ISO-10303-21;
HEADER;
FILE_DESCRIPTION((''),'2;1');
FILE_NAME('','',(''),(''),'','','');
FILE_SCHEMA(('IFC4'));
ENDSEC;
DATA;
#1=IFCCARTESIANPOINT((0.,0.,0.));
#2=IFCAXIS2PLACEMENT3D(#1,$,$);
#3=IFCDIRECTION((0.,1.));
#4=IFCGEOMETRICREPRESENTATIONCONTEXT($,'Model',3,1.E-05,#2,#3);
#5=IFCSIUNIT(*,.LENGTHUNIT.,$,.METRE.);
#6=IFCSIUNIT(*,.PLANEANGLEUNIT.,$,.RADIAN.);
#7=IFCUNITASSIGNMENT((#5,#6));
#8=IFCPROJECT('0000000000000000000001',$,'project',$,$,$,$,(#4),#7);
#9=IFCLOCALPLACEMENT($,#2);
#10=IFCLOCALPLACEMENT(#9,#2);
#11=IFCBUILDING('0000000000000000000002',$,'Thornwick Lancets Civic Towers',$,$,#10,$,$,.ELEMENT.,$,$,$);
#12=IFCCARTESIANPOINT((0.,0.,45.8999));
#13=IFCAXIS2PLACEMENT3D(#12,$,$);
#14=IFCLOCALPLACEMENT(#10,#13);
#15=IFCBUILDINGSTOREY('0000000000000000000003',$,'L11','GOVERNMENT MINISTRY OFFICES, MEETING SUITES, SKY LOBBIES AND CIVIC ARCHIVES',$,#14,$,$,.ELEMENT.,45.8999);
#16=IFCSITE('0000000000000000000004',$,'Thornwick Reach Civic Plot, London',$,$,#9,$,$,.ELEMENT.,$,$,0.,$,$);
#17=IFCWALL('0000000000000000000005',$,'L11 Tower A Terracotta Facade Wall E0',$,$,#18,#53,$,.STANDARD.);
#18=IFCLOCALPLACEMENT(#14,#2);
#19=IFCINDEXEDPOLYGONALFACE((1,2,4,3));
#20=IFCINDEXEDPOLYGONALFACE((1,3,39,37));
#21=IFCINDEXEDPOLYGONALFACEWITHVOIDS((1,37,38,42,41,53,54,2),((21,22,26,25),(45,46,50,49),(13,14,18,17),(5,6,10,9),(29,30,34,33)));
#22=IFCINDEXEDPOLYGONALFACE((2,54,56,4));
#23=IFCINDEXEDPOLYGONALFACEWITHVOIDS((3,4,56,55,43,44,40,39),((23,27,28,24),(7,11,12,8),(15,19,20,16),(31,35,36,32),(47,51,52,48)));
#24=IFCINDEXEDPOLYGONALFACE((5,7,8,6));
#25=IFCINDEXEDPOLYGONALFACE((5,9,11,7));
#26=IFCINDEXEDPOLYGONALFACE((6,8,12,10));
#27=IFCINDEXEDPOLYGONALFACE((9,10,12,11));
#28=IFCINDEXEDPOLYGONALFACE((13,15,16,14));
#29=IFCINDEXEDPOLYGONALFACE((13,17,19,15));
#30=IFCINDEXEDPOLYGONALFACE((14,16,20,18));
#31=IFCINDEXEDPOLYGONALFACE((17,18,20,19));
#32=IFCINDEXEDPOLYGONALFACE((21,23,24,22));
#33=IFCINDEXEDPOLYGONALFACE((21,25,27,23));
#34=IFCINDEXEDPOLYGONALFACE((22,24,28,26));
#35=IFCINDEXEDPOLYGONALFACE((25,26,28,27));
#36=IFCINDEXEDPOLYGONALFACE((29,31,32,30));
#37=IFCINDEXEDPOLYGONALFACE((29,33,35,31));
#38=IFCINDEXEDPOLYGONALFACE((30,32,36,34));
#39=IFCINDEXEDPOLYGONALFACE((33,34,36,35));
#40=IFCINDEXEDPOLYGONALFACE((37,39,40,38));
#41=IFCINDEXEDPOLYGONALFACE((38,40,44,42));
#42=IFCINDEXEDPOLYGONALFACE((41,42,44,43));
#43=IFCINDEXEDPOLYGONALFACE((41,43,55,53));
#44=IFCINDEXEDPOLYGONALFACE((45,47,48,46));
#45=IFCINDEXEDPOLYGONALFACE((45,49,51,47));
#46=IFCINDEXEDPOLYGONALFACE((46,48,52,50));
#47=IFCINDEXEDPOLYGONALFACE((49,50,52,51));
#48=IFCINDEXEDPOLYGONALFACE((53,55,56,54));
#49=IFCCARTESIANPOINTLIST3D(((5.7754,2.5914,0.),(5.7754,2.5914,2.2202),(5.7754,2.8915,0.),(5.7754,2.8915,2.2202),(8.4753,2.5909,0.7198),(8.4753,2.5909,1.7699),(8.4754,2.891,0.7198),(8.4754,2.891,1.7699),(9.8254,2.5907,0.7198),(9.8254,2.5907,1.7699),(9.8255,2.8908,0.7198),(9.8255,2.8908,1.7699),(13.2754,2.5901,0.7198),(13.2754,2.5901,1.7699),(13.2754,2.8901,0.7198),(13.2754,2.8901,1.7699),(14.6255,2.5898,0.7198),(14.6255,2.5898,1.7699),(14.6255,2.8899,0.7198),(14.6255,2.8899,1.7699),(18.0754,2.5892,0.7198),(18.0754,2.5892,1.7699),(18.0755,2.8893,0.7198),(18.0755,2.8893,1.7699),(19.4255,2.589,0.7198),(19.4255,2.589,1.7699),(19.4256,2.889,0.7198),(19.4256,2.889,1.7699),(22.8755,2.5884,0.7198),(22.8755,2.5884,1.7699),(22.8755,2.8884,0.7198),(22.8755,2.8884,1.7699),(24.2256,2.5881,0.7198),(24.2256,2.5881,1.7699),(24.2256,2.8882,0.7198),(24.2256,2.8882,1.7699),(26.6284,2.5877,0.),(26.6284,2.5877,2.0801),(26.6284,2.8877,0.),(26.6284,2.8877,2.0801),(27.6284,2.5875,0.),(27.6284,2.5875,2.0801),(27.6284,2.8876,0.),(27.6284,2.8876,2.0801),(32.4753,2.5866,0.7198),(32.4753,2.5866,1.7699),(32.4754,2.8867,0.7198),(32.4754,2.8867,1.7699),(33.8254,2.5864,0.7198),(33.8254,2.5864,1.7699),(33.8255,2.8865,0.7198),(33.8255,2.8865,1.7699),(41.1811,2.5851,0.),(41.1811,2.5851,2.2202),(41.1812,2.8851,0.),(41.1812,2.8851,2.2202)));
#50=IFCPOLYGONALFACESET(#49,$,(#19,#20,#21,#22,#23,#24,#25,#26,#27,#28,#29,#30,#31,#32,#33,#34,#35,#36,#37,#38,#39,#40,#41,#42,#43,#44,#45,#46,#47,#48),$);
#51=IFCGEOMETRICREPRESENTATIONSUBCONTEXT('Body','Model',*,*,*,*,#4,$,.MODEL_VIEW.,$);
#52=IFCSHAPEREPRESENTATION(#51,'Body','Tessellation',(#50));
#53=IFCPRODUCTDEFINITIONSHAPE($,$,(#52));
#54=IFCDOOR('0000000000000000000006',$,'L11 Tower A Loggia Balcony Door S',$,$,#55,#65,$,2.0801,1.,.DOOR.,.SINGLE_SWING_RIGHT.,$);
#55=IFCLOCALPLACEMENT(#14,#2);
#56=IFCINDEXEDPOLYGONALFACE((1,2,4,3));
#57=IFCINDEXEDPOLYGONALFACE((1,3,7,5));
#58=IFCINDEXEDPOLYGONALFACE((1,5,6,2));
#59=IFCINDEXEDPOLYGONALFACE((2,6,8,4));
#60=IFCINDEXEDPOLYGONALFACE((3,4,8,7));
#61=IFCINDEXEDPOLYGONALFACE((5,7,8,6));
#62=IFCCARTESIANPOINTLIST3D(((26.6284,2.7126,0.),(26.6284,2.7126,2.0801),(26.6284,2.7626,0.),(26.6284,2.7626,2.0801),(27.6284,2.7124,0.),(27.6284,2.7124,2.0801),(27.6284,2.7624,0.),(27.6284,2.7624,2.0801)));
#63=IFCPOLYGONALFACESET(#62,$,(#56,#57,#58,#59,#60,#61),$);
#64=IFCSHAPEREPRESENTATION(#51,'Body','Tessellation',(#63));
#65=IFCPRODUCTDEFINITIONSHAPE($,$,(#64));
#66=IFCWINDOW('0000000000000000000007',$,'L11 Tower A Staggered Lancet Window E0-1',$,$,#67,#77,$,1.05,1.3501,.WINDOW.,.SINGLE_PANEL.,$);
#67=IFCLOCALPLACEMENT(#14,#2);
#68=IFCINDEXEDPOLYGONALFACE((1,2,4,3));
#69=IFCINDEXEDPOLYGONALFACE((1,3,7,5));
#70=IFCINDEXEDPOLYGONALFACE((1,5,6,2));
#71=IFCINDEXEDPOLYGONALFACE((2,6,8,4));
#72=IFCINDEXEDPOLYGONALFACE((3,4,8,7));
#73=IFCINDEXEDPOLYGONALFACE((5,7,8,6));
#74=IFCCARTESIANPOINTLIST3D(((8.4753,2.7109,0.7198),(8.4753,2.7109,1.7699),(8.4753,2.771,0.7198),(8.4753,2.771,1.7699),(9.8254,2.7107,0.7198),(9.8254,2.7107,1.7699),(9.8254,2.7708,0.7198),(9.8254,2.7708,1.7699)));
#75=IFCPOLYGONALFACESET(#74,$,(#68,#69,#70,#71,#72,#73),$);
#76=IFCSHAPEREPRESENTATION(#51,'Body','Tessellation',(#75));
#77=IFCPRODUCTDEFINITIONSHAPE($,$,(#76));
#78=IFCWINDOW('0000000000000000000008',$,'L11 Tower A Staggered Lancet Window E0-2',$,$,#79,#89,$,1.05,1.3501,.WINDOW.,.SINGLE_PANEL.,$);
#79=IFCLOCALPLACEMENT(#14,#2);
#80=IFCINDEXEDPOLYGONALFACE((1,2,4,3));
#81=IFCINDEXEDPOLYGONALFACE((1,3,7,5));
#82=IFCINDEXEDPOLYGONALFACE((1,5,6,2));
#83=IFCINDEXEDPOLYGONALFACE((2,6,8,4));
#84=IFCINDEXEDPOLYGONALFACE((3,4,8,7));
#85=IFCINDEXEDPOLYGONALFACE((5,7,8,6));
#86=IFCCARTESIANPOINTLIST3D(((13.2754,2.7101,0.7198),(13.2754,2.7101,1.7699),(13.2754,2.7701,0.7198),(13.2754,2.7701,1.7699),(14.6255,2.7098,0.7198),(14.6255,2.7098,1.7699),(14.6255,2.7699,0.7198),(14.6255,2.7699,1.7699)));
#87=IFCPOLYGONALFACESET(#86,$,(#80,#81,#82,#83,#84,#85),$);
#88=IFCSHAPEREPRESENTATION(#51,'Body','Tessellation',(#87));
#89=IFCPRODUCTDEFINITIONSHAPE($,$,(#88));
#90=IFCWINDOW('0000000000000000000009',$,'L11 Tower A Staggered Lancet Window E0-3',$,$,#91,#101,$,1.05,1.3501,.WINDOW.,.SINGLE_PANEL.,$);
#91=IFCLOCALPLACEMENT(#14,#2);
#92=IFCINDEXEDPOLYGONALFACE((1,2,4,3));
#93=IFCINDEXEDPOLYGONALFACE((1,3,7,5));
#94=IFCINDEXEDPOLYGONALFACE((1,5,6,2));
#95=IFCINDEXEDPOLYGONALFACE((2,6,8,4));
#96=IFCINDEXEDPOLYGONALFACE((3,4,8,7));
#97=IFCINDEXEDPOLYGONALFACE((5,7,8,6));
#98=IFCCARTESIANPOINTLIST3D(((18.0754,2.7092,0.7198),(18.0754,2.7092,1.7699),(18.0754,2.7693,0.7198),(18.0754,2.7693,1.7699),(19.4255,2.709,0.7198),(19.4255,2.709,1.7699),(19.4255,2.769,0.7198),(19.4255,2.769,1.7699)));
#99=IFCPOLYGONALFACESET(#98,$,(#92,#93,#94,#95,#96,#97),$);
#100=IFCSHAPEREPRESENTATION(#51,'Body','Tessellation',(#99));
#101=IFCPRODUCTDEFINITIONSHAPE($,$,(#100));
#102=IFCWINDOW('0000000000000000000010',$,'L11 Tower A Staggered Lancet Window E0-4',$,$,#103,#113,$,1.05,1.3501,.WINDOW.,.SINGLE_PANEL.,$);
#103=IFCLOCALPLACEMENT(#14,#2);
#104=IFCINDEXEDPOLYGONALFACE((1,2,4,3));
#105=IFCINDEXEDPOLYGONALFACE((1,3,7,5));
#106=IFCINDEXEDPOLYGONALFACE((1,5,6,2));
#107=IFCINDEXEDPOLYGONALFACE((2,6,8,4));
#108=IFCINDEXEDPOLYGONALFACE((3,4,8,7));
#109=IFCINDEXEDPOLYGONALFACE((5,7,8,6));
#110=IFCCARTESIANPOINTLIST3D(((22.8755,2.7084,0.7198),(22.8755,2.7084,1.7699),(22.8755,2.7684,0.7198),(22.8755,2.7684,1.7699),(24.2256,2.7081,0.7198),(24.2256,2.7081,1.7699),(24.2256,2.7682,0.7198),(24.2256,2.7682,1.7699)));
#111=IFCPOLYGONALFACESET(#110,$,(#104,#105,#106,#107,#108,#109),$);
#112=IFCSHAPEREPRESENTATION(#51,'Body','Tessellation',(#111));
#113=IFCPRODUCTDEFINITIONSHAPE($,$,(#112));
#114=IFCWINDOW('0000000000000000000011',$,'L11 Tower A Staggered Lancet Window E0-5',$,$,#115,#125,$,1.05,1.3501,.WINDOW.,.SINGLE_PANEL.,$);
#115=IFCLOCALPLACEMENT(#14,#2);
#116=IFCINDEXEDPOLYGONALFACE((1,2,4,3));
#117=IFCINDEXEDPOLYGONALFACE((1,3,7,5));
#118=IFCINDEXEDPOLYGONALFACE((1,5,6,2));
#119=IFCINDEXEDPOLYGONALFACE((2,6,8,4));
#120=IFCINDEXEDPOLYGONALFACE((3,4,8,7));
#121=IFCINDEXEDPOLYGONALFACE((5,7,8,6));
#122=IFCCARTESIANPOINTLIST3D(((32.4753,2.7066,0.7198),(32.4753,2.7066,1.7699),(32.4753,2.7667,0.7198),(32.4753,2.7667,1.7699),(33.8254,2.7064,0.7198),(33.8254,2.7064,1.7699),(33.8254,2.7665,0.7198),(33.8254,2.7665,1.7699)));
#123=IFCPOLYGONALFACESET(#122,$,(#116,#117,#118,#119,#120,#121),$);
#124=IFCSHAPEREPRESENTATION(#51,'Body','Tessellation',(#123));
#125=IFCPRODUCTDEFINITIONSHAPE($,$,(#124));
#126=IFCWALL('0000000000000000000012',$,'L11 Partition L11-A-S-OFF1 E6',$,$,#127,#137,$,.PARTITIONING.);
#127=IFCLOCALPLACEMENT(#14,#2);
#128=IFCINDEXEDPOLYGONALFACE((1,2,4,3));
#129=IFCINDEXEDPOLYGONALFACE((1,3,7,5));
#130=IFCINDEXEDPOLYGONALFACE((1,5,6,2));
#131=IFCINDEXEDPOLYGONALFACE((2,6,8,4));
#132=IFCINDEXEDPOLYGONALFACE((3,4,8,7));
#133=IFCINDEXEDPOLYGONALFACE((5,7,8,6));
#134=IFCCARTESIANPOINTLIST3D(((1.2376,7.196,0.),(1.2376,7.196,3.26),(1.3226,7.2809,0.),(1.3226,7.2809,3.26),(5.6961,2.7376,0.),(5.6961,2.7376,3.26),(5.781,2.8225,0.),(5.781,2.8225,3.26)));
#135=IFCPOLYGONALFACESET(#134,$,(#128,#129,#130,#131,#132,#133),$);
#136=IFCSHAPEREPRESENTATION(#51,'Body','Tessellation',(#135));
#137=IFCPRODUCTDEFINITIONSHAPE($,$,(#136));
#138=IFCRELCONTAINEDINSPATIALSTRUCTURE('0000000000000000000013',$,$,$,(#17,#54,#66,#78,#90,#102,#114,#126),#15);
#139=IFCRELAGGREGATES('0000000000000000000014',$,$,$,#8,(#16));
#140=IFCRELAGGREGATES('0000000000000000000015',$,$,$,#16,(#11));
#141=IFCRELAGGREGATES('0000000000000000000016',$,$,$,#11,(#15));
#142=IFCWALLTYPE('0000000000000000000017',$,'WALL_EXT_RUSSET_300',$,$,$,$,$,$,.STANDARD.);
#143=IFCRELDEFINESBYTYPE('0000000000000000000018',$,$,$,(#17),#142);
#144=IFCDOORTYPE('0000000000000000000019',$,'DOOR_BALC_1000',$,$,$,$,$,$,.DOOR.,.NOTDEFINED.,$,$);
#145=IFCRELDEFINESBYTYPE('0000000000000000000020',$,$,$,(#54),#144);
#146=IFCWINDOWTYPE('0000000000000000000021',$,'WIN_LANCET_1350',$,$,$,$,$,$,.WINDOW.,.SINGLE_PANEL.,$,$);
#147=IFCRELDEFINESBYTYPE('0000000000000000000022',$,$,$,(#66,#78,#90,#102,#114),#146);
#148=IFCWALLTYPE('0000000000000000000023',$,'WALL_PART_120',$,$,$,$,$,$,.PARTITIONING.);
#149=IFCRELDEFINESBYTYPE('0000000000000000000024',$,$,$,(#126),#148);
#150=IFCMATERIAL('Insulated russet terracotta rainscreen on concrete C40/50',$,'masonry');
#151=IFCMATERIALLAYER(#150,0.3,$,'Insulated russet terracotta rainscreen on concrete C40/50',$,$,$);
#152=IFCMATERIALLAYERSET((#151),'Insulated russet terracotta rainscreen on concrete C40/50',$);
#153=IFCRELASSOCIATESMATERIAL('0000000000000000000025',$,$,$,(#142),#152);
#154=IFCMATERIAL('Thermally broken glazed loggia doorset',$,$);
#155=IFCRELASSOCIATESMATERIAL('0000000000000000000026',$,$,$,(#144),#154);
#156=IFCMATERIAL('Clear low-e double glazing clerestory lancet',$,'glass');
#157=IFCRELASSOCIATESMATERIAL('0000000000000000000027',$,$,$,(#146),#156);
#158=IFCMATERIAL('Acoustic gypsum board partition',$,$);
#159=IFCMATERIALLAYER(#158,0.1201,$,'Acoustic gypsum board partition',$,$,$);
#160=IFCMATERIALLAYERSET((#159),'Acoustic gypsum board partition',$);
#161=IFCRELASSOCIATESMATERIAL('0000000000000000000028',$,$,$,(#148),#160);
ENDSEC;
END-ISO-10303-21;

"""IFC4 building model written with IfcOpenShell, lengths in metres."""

from ifc_helpers import new_model, si_unit, direction, frame, frame_2d, origin, place, context, subcontext, project, spatial, rectangle, extrude, material, layer, layer_set, type_object, element, fill, save


model = new_model("IFC4")

# Units and contexts
model_context = context("Model", 3, precision=1e-05, world=origin(), true_north=direction((0.0, 1.0)))
body_context = subcontext(model_context, "Body", "Model", "MODEL_VIEW")
ifc_project = project(units=[si_unit("LENGTHUNIT", "METRE"), si_unit("PLANEANGLEUNIT", "RADIAN")], contexts=[model_context])

# Site, building, storey
site_placement = place(None, origin())
site = spatial("IfcSite", under=ifc_project, at=site_placement, Name="Thornwick Reach Civic Plot, London", CompositionType="ELEMENT", RefElevation=0.0)
building_placement = place(site_placement, origin())
building = spatial("IfcBuilding", under=site, at=building_placement, Name="Thornwick Lancets Civic Towers", CompositionType="ELEMENT")
storey_placement = place(building_placement, frame((0.0, 0.0, 45.8999)))
storey = spatial("IfcBuildingStorey", under=building, at=storey_placement, Name="L11", Description="GOVERNMENT MINISTRY OFFICES, MEETING SUITES, SKY LOBBIES AND CIVIC ARCHIVES", CompositionType="ELEMENT", Elevation=45.8999)

# Wall, openings, door, windows
ifc_material_1 = material(Name="Insulated russet terracotta rainscreen on concrete C40/50", Category="masonry")
ifc_layer_1 = layer(ifc_material_1, 0.3, Name="Insulated russet terracotta rainscreen on concrete C40/50")
ifc_layer_set_1 = layer_set([ifc_layer_1], Name="Insulated russet terracotta rainscreen on concrete C40/50")
wall_type_1 = type_object("IfcWallType", Name="WALL_EXT_RUSSET_300", PredefinedType="STANDARD", material=ifc_layer_set_1)
wall_1_placement = place(storey_placement, frame((5.7754, 2.7415, 0.0), z_axis=(0.0, 0.0, 1.0), x_axis=(1.0, -0.000179, 0.0)))
wall_1 = element("IfcWall", 1, at=wall_1_placement, inside=storey, type_object=wall_type_1, Name="L11 Tower A Terracotta Facade Wall E0", PredefinedType="STANDARD", context=body_context, shape_type="SweptSolid", body=[
    extrude(rectangle(XDim=35.4058, YDim=0.3, at=frame_2d((17.7029, 0.0))), origin(), (0.0, 0.0, 1.0), 2.2202),
])
opening_1_placement = place(wall_1_placement, frame((20.853, 0.0, 0.0)))
opening_1 = element("IfcOpeningElement", 2, at=opening_1_placement, cuts=wall_1, PredefinedType="OPENING", context=body_context, shape_type="SweptSolid", body=[
    extrude(rectangle(XDim=1.0, YDim=2.0801, at=frame_2d((0.5, 1.04))), frame((0.0, 0.1602, 0.0), z_axis=(0.0, -1.0, 0.0), x_axis=(1.0, 0.0, 0.0)), (0.0, 0.0, 1.0), 0.3201),
])
opening_2_placement = place(wall_1_placement, frame((2.7, 0.0, 0.72)))
opening_2 = element("IfcOpeningElement", 3, at=opening_2_placement, cuts=wall_1, PredefinedType="OPENING", context=body_context, shape_type="SweptSolid", body=[
    extrude(rectangle(XDim=1.3501, YDim=1.05, at=frame_2d((0.675, 0.5249))), frame((0.0, 0.1602, 0.0), z_axis=(0.0, -1.0, 0.0), x_axis=(1.0, 0.0, 0.0)), (0.0, 0.0, 1.0), 0.3201),
])
opening_3_placement = place(wall_1_placement, frame((7.5, 0.0, 0.72)))
opening_3 = element("IfcOpeningElement", 4, at=opening_3_placement, cuts=wall_1, PredefinedType="OPENING", context=body_context, shape_type="SweptSolid", body=[
    extrude(rectangle(XDim=1.3501, YDim=1.05, at=frame_2d((0.675, 0.5249))), frame((0.0, 0.1602, 0.0), z_axis=(0.0, -1.0, 0.0), x_axis=(1.0, 0.0, 0.0)), (0.0, 0.0, 1.0), 0.3201),
])
opening_4_placement = place(wall_1_placement, frame((12.3, 0.0, 0.72)))
opening_4 = element("IfcOpeningElement", 5, at=opening_4_placement, cuts=wall_1, PredefinedType="OPENING", context=body_context, shape_type="SweptSolid", body=[
    extrude(rectangle(XDim=1.3501, YDim=1.05, at=frame_2d((0.675, 0.5249))), frame((0.0, 0.1602, 0.0), z_axis=(0.0, -1.0, 0.0), x_axis=(1.0, 0.0, 0.0)), (0.0, 0.0, 1.0), 0.3201),
])
opening_5_placement = place(wall_1_placement, frame((17.1001, 0.0, 0.72)))
opening_5 = element("IfcOpeningElement", 6, at=opening_5_placement, cuts=wall_1, PredefinedType="OPENING", context=body_context, shape_type="SweptSolid", body=[
    extrude(rectangle(XDim=1.3501, YDim=1.05, at=frame_2d((0.675, 0.5249))), frame((0.0, 0.1602, 0.0), z_axis=(0.0, -1.0, 0.0), x_axis=(1.0, 0.0, 0.0)), (0.0, 0.0, 1.0), 0.3201),
])
opening_6_placement = place(wall_1_placement, frame((26.7, 0.0, 0.72)))
opening_6 = element("IfcOpeningElement", 7, at=opening_6_placement, cuts=wall_1, PredefinedType="OPENING", context=body_context, shape_type="SweptSolid", body=[
    extrude(rectangle(XDim=1.3501, YDim=1.05, at=frame_2d((0.675, 0.5249))), frame((0.0, 0.1602, 0.0), z_axis=(0.0, -1.0, 0.0), x_axis=(1.0, 0.0, 0.0)), (0.0, 0.0, 1.0), 0.3201),
])
ifc_material_2 = material(Name="Thermally broken glazed loggia doorset")
door_type = type_object("IfcDoorType", Name="DOOR_BALC_1000", OperationType="NOTDEFINED", PredefinedType="DOOR", material=ifc_material_2)
door_placement = place(opening_1_placement, origin())
door = element("IfcDoor", 8, at=door_placement, inside=storey, type_object=door_type, Name="L11 Tower A Loggia Balcony Door S", OperationType="SINGLE_SWING_RIGHT", OverallHeight=2.0801, OverallWidth=1.0, PredefinedType="DOOR", context=body_context, shape_type="SweptSolid", body=[
    extrude(rectangle(XDim=1.0, YDim=2.0801, at=frame_2d((0.5, 1.04))), frame((0.0, 0.0249, 0.0), z_axis=(0.0, -1.0, 0.0), x_axis=(1.0, 0.0, 0.0)), (0.0, 0.0, 1.0), 0.05),
])
fill(opening_1, door)
ifc_material_3 = material(Name="Clear low-e double glazing clerestory lancet", Category="glass")
window_type = type_object("IfcWindowType", Name="WIN_LANCET_1350", PartitioningType="SINGLE_PANEL", PredefinedType="WINDOW", material=ifc_material_3)
window_1_placement = place(opening_2_placement, origin())
window_1 = element("IfcWindow", 9, at=window_1_placement, inside=storey, type_object=window_type, Name="L11 Tower A Staggered Lancet Window E0-1", OverallHeight=1.05, OverallWidth=1.3501, PartitioningType="SINGLE_PANEL", PredefinedType="WINDOW", context=body_context, shape_type="SweptSolid", body=[
    extrude(rectangle(XDim=1.3501, YDim=1.05, at=frame_2d((0.675, 0.5249))), frame((0.0, 0.03, 0.0), z_axis=(0.0, -1.0, 0.0), x_axis=(1.0, 0.0, 0.0)), (0.0, 0.0, 1.0), 0.0601),
])
fill(opening_2, window_1)
window_2_placement = place(opening_3_placement, origin())
window_2 = element("IfcWindow", 10, at=window_2_placement, inside=storey, type_object=window_type, Name="L11 Tower A Staggered Lancet Window E0-2", OverallHeight=1.05, OverallWidth=1.3501, PartitioningType="SINGLE_PANEL", PredefinedType="WINDOW", context=body_context, shape_type="SweptSolid", body=[
    extrude(rectangle(XDim=1.3501, YDim=1.05, at=frame_2d((0.675, 0.5249))), frame((0.0, 0.03, 0.0), z_axis=(0.0, -1.0, 0.0), x_axis=(1.0, 0.0, 0.0)), (0.0, 0.0, 1.0), 0.0601),
])
fill(opening_3, window_2)
window_3_placement = place(opening_4_placement, origin())
window_3 = element("IfcWindow", 11, at=window_3_placement, inside=storey, type_object=window_type, Name="L11 Tower A Staggered Lancet Window E0-3", OverallHeight=1.05, OverallWidth=1.3501, PartitioningType="SINGLE_PANEL", PredefinedType="WINDOW", context=body_context, shape_type="SweptSolid", body=[
    extrude(rectangle(XDim=1.3501, YDim=1.05, at=frame_2d((0.675, 0.5249))), frame((0.0, 0.03, 0.0), z_axis=(0.0, -1.0, 0.0), x_axis=(1.0, 0.0, 0.0)), (0.0, 0.0, 1.0), 0.0601),
])
fill(opening_4, window_3)
window_4_placement = place(opening_5_placement, origin())
window_4 = element("IfcWindow", 12, at=window_4_placement, inside=storey, type_object=window_type, Name="L11 Tower A Staggered Lancet Window E0-4", OverallHeight=1.05, OverallWidth=1.3501, PartitioningType="SINGLE_PANEL", PredefinedType="WINDOW", context=body_context, shape_type="SweptSolid", body=[
    extrude(rectangle(XDim=1.3501, YDim=1.05, at=frame_2d((0.675, 0.5249))), frame((0.0, 0.03, 0.0), z_axis=(0.0, -1.0, 0.0), x_axis=(1.0, 0.0, 0.0)), (0.0, 0.0, 1.0), 0.0601),
])
fill(opening_5, window_4)
window_5_placement = place(opening_6_placement, origin())
window_5 = element("IfcWindow", 13, at=window_5_placement, inside=storey, type_object=window_type, Name="L11 Tower A Staggered Lancet Window E0-5", OverallHeight=1.05, OverallWidth=1.3501, PartitioningType="SINGLE_PANEL", PredefinedType="WINDOW", context=body_context, shape_type="SweptSolid", body=[
    extrude(rectangle(XDim=1.3501, YDim=1.05, at=frame_2d((0.675, 0.5249))), frame((0.0, 0.03, 0.0), z_axis=(0.0, -1.0, 0.0), x_axis=(1.0, 0.0, 0.0)), (0.0, 0.0, 1.0), 0.0601),
])
fill(opening_6, window_5)

# Wall
ifc_material_4 = material(Name="Acoustic gypsum board partition")
ifc_layer_2 = layer(ifc_material_4, 0.1201, Name="Acoustic gypsum board partition")
ifc_layer_set_2 = layer_set([ifc_layer_2], Name="Acoustic gypsum board partition")
wall_type_2 = type_object("IfcWallType", Name="WALL_PART_120", PredefinedType="PARTITIONING", material=ifc_layer_set_2)
wall_2_placement = place(storey_placement, frame((5.7385, 2.78, 0.0), z_axis=(0.0, 0.0, 1.0), x_axis=(-0.707107, 0.707107, 0.0)))
element("IfcWall", 14, at=wall_2_placement, inside=storey, type_object=wall_type_2, Name="L11 Partition L11-A-S-OFF1 E6", PredefinedType="PARTITIONING", context=body_context, shape_type="SweptSolid", body=[
    extrude(rectangle(XDim=6.3052, YDim=0.1201, at=frame_2d((3.1526, 0.0))), origin(), (0.0, 0.0, 1.0), 3.26),
])

save(model, "model.ifc")
